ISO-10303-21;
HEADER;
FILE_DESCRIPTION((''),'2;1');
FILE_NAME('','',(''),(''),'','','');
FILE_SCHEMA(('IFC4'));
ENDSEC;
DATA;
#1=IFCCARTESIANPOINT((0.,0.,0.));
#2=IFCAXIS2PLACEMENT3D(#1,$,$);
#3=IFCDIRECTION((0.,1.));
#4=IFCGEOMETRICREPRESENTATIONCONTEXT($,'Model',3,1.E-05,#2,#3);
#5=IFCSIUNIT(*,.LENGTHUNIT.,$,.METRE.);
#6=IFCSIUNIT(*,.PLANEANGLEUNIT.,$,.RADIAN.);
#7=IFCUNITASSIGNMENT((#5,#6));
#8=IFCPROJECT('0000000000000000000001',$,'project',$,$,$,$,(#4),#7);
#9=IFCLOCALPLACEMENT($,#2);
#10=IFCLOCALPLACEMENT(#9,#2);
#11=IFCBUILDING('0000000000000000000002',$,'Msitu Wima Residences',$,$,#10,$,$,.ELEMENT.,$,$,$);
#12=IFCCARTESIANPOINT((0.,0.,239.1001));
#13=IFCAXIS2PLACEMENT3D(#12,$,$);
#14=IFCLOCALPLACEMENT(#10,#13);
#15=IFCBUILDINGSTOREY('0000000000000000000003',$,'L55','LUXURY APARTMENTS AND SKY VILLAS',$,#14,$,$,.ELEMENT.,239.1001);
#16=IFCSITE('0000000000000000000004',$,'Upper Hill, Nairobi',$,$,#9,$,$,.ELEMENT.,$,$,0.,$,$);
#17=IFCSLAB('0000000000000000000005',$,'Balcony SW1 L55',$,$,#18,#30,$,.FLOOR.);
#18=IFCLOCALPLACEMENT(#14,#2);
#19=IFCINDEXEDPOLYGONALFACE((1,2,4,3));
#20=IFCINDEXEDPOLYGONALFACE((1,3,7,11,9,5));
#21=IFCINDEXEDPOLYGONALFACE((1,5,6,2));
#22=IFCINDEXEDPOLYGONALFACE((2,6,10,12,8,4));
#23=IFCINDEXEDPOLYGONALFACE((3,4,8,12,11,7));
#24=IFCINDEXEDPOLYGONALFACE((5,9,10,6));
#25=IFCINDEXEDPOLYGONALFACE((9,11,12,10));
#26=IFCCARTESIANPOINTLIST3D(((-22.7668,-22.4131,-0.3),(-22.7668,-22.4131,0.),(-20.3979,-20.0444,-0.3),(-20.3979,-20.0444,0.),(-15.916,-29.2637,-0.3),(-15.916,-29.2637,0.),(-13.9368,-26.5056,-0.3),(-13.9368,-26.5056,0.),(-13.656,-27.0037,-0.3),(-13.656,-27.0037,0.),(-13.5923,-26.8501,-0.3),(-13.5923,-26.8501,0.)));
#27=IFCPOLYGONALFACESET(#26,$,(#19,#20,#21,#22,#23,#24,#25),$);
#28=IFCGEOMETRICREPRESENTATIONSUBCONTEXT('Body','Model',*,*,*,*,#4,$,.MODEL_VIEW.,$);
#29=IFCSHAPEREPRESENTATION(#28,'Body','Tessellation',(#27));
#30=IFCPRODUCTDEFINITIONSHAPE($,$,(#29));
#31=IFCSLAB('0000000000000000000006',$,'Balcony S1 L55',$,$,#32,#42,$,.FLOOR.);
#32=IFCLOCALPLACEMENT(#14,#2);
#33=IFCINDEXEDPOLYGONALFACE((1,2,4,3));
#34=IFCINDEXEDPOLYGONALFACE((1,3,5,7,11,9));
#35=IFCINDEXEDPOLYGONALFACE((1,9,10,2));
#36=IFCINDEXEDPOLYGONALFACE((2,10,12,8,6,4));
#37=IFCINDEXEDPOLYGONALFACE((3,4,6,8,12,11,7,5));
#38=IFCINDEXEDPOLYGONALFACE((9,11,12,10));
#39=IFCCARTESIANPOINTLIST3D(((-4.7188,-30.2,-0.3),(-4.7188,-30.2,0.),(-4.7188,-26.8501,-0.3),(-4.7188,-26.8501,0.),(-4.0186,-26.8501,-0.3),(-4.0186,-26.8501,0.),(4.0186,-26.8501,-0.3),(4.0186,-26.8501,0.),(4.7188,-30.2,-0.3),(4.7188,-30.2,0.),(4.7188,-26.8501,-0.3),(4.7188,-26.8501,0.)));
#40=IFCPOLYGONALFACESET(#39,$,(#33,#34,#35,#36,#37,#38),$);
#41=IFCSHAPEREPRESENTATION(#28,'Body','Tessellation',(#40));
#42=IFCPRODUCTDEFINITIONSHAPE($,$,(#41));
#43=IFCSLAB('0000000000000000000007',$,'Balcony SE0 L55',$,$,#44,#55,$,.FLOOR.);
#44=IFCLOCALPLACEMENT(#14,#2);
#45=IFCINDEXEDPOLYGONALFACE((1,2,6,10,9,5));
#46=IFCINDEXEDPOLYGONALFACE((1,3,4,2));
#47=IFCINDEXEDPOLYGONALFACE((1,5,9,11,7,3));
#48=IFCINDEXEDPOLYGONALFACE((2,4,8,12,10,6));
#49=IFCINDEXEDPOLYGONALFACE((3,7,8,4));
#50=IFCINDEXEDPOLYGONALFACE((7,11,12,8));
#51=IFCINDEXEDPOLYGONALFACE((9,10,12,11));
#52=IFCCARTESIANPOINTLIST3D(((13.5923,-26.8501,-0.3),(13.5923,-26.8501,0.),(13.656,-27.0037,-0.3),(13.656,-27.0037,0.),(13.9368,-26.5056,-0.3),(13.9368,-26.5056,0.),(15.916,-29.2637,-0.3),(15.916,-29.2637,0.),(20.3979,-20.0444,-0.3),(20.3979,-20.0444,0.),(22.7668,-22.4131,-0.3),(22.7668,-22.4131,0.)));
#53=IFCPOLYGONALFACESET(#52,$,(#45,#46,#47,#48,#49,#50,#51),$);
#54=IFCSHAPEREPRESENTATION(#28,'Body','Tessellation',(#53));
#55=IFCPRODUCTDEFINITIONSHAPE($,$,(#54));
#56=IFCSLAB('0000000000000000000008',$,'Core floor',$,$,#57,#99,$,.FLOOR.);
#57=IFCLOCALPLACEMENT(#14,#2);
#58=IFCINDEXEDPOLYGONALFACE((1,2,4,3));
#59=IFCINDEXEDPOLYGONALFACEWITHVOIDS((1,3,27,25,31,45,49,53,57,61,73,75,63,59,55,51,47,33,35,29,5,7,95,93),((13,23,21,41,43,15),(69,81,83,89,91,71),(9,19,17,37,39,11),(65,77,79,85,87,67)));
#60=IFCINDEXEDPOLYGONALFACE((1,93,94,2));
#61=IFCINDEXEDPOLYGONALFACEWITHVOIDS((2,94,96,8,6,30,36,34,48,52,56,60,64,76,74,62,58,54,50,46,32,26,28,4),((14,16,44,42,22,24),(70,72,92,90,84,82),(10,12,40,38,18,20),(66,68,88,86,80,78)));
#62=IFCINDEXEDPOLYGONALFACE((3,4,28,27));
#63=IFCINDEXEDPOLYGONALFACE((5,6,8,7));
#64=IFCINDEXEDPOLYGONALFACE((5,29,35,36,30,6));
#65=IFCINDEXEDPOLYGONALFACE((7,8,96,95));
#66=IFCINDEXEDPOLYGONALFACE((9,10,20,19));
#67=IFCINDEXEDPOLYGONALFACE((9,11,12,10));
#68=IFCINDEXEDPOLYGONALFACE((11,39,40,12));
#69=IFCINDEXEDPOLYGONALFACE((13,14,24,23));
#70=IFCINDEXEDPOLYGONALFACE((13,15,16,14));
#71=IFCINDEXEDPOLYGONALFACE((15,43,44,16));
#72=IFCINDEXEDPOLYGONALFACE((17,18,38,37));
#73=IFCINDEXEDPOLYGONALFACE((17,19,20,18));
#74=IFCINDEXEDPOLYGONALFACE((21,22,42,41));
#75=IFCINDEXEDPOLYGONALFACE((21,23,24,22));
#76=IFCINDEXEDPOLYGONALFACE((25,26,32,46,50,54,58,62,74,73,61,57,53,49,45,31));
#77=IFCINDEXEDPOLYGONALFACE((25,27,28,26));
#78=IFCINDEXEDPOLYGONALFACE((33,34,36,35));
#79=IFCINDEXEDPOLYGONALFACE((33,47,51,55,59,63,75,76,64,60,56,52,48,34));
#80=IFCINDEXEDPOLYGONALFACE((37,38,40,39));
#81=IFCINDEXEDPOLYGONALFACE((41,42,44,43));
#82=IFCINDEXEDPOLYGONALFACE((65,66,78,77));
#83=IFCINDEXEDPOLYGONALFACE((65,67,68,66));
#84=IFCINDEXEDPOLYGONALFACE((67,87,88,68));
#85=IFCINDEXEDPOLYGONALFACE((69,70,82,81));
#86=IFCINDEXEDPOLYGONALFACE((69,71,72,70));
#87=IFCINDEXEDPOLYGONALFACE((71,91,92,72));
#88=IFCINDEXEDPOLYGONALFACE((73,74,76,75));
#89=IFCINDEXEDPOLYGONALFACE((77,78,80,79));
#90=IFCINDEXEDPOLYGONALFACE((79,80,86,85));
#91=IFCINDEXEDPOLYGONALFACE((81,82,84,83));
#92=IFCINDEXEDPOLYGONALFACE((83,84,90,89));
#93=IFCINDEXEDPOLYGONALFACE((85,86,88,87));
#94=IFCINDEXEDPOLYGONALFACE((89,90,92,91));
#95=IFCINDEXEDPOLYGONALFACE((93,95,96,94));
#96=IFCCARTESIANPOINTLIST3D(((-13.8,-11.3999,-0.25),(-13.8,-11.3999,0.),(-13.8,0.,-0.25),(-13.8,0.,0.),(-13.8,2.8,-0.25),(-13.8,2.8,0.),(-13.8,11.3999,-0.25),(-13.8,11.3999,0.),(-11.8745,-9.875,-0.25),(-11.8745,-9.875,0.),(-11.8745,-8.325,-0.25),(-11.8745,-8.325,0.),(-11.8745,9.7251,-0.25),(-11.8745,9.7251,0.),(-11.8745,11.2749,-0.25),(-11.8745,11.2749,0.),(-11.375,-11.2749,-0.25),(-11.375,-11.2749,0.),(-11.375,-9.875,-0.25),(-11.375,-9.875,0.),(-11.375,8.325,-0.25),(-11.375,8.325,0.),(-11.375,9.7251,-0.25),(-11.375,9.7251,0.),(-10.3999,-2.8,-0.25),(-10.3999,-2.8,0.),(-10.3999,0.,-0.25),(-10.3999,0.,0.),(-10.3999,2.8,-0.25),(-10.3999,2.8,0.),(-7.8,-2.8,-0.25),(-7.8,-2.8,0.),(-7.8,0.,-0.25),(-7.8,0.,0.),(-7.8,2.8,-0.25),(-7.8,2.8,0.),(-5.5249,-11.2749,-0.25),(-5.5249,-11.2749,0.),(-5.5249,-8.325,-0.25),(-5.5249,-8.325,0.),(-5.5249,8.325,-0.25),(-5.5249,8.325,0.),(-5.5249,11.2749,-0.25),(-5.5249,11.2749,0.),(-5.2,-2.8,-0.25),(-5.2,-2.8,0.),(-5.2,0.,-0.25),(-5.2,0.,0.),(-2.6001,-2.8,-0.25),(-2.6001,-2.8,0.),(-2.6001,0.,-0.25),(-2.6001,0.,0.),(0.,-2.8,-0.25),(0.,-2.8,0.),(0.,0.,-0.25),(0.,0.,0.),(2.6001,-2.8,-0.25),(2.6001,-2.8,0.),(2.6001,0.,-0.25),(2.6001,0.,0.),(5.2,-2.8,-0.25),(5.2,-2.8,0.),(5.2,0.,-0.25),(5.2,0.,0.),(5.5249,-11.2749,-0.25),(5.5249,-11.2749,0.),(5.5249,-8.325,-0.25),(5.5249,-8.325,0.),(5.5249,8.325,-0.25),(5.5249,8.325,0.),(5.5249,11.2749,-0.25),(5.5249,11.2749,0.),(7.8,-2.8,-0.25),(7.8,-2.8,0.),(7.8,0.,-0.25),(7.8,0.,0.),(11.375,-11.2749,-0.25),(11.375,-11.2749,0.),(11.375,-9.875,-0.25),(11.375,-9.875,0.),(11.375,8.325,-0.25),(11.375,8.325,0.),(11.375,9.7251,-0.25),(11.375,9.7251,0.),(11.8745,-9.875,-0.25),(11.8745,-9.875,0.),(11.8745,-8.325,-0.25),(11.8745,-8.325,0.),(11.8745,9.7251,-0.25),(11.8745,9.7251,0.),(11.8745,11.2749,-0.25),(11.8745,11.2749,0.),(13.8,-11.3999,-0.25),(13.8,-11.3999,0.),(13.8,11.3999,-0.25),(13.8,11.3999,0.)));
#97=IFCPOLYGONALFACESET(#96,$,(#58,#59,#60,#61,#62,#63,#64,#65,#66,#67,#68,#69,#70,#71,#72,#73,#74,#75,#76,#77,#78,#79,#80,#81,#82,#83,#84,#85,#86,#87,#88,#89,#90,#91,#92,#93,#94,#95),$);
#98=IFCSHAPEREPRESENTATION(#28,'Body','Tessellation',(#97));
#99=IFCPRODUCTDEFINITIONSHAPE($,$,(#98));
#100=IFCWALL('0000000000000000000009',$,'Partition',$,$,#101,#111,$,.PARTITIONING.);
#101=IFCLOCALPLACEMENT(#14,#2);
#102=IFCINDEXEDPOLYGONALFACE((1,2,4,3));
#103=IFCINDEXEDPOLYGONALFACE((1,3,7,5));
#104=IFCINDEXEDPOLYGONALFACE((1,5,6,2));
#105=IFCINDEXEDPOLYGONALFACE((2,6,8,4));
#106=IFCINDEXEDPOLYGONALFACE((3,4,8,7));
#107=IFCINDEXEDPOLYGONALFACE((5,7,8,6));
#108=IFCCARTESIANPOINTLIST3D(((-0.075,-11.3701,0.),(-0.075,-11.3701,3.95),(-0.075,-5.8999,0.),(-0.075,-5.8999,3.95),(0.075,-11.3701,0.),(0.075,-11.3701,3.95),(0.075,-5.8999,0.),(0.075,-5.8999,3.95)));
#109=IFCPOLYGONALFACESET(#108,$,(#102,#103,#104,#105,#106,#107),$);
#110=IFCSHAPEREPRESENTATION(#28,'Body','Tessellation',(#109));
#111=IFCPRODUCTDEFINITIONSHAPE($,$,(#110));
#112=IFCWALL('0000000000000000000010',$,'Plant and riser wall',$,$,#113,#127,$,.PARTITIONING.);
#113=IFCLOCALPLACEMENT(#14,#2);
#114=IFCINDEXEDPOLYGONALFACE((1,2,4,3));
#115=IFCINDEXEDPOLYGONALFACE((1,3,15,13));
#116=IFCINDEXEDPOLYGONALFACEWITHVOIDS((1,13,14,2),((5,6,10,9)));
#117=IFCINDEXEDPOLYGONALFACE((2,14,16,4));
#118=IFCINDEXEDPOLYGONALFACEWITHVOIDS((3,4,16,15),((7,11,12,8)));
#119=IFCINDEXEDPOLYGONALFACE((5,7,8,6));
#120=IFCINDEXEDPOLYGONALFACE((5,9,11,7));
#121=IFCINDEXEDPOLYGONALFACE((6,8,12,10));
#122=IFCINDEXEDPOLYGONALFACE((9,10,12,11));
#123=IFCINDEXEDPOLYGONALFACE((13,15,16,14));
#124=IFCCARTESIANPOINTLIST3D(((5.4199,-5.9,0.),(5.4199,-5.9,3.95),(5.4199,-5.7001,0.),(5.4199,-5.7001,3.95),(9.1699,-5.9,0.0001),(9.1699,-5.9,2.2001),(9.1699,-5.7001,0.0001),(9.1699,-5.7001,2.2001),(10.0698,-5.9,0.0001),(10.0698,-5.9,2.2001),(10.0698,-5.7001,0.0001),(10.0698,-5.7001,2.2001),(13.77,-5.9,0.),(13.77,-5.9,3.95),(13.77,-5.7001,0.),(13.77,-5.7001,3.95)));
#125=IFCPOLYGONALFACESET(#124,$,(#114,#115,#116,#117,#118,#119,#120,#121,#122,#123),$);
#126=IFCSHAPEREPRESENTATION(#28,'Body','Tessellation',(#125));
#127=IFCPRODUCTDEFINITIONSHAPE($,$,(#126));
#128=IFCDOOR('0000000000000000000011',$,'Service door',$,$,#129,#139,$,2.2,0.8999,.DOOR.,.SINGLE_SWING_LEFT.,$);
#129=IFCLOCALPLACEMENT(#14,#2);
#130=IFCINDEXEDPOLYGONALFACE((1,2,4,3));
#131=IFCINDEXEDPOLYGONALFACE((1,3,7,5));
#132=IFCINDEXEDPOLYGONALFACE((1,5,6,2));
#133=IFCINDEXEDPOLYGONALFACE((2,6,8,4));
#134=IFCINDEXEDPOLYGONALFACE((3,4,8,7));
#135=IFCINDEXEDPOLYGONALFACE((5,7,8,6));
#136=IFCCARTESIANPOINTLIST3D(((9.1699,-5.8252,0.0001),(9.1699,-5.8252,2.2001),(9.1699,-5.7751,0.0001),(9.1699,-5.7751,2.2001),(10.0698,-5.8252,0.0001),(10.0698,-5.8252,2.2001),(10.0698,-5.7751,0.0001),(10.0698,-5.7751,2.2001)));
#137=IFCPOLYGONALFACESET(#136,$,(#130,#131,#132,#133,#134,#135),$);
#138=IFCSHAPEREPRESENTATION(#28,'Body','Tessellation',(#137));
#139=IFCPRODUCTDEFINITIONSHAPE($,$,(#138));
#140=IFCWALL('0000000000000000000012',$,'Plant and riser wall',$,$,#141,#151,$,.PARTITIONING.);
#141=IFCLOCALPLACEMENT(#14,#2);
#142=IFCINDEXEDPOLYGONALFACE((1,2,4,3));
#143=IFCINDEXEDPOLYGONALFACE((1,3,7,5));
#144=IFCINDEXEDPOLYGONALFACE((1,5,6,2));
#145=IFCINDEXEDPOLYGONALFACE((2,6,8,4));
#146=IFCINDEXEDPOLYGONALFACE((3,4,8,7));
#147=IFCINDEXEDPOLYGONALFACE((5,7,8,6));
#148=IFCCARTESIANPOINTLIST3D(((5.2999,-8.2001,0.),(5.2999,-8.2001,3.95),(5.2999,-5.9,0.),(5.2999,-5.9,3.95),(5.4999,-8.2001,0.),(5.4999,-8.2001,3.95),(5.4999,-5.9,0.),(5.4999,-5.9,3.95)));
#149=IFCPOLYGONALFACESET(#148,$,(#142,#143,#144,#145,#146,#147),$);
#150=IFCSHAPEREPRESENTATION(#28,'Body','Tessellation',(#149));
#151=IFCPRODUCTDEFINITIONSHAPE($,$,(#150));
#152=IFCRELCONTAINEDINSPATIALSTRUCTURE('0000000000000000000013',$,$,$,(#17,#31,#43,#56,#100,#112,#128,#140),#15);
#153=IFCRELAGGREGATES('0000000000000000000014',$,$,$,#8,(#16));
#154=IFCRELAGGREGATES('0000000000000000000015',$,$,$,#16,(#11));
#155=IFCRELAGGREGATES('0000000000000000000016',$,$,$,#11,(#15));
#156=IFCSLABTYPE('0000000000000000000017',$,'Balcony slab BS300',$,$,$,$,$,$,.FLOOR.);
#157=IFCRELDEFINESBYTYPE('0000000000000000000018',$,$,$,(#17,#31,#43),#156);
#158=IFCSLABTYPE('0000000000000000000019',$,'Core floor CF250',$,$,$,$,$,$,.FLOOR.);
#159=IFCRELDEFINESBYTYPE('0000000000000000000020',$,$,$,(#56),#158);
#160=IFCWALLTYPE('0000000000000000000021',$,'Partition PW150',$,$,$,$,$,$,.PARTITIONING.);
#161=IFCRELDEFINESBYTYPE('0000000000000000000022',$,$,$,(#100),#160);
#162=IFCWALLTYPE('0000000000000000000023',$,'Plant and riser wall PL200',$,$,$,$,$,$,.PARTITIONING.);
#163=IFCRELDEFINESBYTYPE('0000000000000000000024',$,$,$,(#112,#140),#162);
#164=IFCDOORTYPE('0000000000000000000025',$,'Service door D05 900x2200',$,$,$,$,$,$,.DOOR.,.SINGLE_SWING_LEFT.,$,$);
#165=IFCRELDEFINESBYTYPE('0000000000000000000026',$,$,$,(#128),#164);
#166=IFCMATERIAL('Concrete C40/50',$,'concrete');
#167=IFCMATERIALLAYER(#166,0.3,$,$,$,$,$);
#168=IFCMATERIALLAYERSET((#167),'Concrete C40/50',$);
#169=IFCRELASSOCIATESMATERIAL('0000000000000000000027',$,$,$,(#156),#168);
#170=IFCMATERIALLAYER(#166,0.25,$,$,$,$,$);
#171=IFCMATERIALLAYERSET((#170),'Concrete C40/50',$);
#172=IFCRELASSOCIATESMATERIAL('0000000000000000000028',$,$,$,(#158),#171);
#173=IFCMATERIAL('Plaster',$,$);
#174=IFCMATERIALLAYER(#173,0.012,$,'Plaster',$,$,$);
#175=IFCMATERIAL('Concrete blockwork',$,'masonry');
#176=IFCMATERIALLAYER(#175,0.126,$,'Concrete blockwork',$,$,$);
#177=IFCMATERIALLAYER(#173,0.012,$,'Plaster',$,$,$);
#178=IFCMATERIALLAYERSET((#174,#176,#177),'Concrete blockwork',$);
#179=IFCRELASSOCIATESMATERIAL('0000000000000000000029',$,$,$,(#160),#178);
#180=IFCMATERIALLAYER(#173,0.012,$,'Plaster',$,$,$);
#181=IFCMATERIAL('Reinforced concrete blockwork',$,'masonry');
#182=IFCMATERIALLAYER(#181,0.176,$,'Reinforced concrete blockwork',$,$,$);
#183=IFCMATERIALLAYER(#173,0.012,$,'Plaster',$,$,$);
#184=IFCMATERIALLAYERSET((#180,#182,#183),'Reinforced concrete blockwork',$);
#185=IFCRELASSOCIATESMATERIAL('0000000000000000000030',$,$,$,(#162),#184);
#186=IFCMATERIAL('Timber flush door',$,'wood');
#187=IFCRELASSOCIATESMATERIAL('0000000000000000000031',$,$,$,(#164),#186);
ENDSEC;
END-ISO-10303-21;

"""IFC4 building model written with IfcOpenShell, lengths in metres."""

from ifc_helpers import new_model, si_unit, direction, frame, frame_2d, origin, place, context, subcontext, project, spatial, polyline, rectangle, outline, extrude, material, layer, layer_set, type_object, element, fill, save


model = new_model("IFC4")

# Units and contexts
model_context = context("Model", 3, precision=1e-05, world=origin(), true_north=direction((0.0, 1.0)))
body_context = subcontext(model_context, "Body", "Model", "MODEL_VIEW")
ifc_project = project(units=[si_unit("LENGTHUNIT", "METRE"), si_unit("PLANEANGLEUNIT", "RADIAN")], contexts=[model_context])

# Site, building, storey
site_placement = place(None, origin())
site = spatial("IfcSite", under=ifc_project, at=site_placement, Name="Upper Hill, Nairobi", CompositionType="ELEMENT", RefElevation=0.0)
building_placement = place(site_placement, origin())
building = spatial("IfcBuilding", under=site, at=building_placement, Name="Msitu Wima Residences", CompositionType="ELEMENT")
storey_placement = place(building_placement, frame((0.0, 0.0, 239.1001)))
storey = spatial("IfcBuildingStorey", under=building, at=storey_placement, Name="L55", Description="LUXURY APARTMENTS AND SKY VILLAS", CompositionType="ELEMENT", Elevation=239.1001)

# Slabs
ifc_material_1 = material(Name="Concrete C40/50", Category="concrete")
ifc_layer_1 = layer(ifc_material_1, 0.3)
ifc_layer_set_1 = layer_set([ifc_layer_1], Name="Concrete C40/50")
slab_type_1 = type_object("IfcSlabType", Name="Balcony slab BS300", PredefinedType="FLOOR", material=ifc_layer_set_1)
slab_1_placement = place(storey_placement, frame((0.0, 0.0, -0.3)))
element("IfcSlab", 1, at=slab_1_placement, inside=storey, type_object=slab_type_1, Name="Balcony SW1 L55", PredefinedType="FLOOR", context=body_context, shape_type="SweptSolid", body=[
    extrude(outline(polyline([(-13.9368, -26.5056), (-13.9368, -26.5056), (-13.5923, -26.8501), (-13.656, -27.0037), (-15.916, -29.2637), (-22.7668, -22.4131), (-20.3979, -20.0444), (-13.9368, -26.5056), (-13.9368, -26.5056)])), origin(), (0.0, 0.0, 1.0), 0.3),
])
slab_2_placement = place(storey_placement, frame((0.0, 0.0, -0.3)))
element("IfcSlab", 2, at=slab_2_placement, inside=storey, type_object=slab_type_1, Name="Balcony S1 L55", PredefinedType="FLOOR", context=body_context, shape_type="SweptSolid", body=[
    extrude(outline(polyline([(-4.0186, -26.8501), (4.0186, -26.8501), (4.7188, -26.8501), (4.7188, -30.2), (-4.7188, -30.2), (-4.7188, -26.8501), (-4.0186, -26.8501)])), origin(), (0.0, 0.0, 1.0), 0.3),
])
slab_3_placement = place(storey_placement, frame((0.0, 0.0, -0.3)))
element("IfcSlab", 3, at=slab_3_placement, inside=storey, type_object=slab_type_1, Name="Balcony SE0 L55", PredefinedType="FLOOR", context=body_context, shape_type="SweptSolid", body=[
    extrude(outline(polyline([(13.9368, -26.5056), (13.9368, -26.5056), (20.3979, -20.0444), (22.7668, -22.4131), (15.916, -29.2637), (13.656, -27.0037), (13.5923, -26.8501), (13.9368, -26.5056), (13.9368, -26.5056)])), origin(), (0.0, 0.0, 1.0), 0.3),
])
ifc_layer_2 = layer(ifc_material_1, 0.25)
ifc_layer_set_2 = layer_set([ifc_layer_2], Name="Concrete C40/50")
slab_type_2 = type_object("IfcSlabType", Name="Core floor CF250", PredefinedType="FLOOR", material=ifc_layer_set_2)
slab_4_placement = place(storey_placement, frame((0.0, 0.0, -0.25)))
element("IfcSlab", 4, at=slab_4_placement, inside=storey, type_object=slab_type_2, Name="Core floor", PredefinedType="FLOOR", context=body_context, shape_type="SweptSolid", body=[
    extrude(outline(polyline([(-13.8, 11.3999), (-13.8, 2.8), (-10.3999, 2.8), (-7.8, 2.8), (-7.8, 0.0), (-5.2, 0.0), (-2.6001, 0.0), (0.0, 0.0), (2.6001, 0.0), (5.2, 0.0), (7.8, 0.0), (7.8, -2.8), (5.2, -2.8), (2.6001, -2.8), (0.0, -2.8), (-2.6001, -2.8), (-5.2, -2.8), (-7.8, -2.8), (-10.3999, -2.8), (-10.3999, 0.0), (-13.8, 0.0), (-13.8, -11.3999), (13.8, -11.3999), (13.8, 11.3999), (-13.8, 11.3999)]), holes=[polyline([(-11.375, -11.2749), (-11.375, -9.875), (-11.8745, -9.875), (-11.8745, -8.325), (-5.5249, -8.325), (-5.5249, -11.2749), (-11.375, -11.2749)]), polyline([(-11.375, 8.325), (-11.375, 9.7251), (-11.8745, 9.7251), (-11.8745, 11.2749), (-5.5249, 11.2749), (-5.5249, 8.325), (-11.375, 8.325)]), polyline([(11.375, -9.875), (11.375, -11.2749), (5.5249, -11.2749), (5.5249, -8.325), (11.8745, -8.325), (11.8745, -9.875), (11.375, -9.875)]), polyline([(11.375, 9.7251), (11.375, 8.325), (5.5249, 8.325), (5.5249, 11.2749), (11.8745, 11.2749), (11.8745, 9.7251), (11.375, 9.7251)])]), origin(), (0.0, 0.0, 1.0), 0.25),
])

# Wall
ifc_material_2 = material(Name="Plaster")
ifc_layer_3 = layer(ifc_material_2, 0.012, Name="Plaster")
ifc_material_3 = material(Name="Concrete blockwork", Category="masonry")
ifc_layer_4 = layer(ifc_material_3, 0.126, Name="Concrete blockwork")
ifc_layer_5 = layer(ifc_material_2, 0.012, Name="Plaster")
ifc_layer_set_3 = layer_set([ifc_layer_3, ifc_layer_4, ifc_layer_5], Name="Concrete blockwork")
wall_type_1 = type_object("IfcWallType", Name="Partition PW150", PredefinedType="PARTITIONING", material=ifc_layer_set_3)
wall_1_placement = place(storey_placement, frame((0.0, -11.3701, 0.0), z_axis=(0.0, 0.0, 1.0), x_axis=(0.0, 1.0, 0.0)))
element("IfcWall", 5, at=wall_1_placement, inside=storey, type_object=wall_type_1, Name="Partition", PredefinedType="PARTITIONING", context=body_context, shape_type="SweptSolid", body=[
    extrude(rectangle(XDim=5.4702, YDim=0.1499, at=frame_2d((2.7351, 0.0))), origin(), (0.0, 0.0, 1.0), 3.95),
])

# Wall, opening, door
ifc_layer_6 = layer(ifc_material_2, 0.012, Name="Plaster")
ifc_material_4 = material(Name="Reinforced concrete blockwork", Category="masonry")
ifc_layer_7 = layer(ifc_material_4, 0.176, Name="Reinforced concrete blockwork")
ifc_layer_8 = layer(ifc_material_2, 0.012, Name="Plaster")
ifc_layer_set_4 = layer_set([ifc_layer_6, ifc_layer_7, ifc_layer_8], Name="Reinforced concrete blockwork")
wall_type_2 = type_object("IfcWallType", Name="Plant and riser wall PL200", PredefinedType="PARTITIONING", material=ifc_layer_set_4)
wall_2_placement = place(storey_placement, frame((5.4199, -5.8, 0.0), z_axis=(0.0, 0.0, 1.0), x_axis=(1.0, 0.0, 0.0)))
wall_2 = element("IfcWall", 6, at=wall_2_placement, inside=storey, type_object=wall_type_2, Name="Plant and riser wall", PredefinedType="PARTITIONING", context=body_context, shape_type="SweptSolid", body=[
    extrude(rectangle(XDim=8.3501, YDim=0.2, at=frame_2d((4.175, 0.0))), origin(), (0.0, 0.0, 1.0), 3.95),
])
opening_1_placement = place(wall_2_placement, frame((3.75, 0.0, 0.0)))
opening_1 = element("IfcOpeningElement", 7, at=opening_1_placement, cuts=wall_2, PredefinedType="OPENING", context=body_context, shape_type="SweptSolid", body=[
    extrude(rectangle(XDim=0.8999, YDim=2.2, at=frame_2d((0.45, 1.1001))), frame((0.0, 0.1099, 0.0), z_axis=(0.0, -1.0, 0.0), x_axis=(1.0, 0.0, 0.0)), (0.0, 0.0, 1.0), 0.22),
])
ifc_material_5 = material(Name="Timber flush door", Category="wood")
door_type = type_object("IfcDoorType", Name="Service door D05 900x2200", OperationType="SINGLE_SWING_LEFT", PredefinedType="DOOR", material=ifc_material_5)
door_1_placement = place(opening_1_placement, origin())
door_1 = element("IfcDoor", 8, at=door_1_placement, inside=storey, type_object=door_type, Name="Service door", OperationType="SINGLE_SWING_LEFT", OverallHeight=2.2, OverallWidth=0.8999, PredefinedType="DOOR", context=body_context, shape_type="SweptSolid", body=[
    extrude(rectangle(XDim=0.8999, YDim=2.2, at=frame_2d((0.45, 1.1001))), frame((0.0, 0.0249, 0.0), z_axis=(0.0, -1.0, 0.0), x_axis=(1.0, 0.0, 0.0)), (0.0, 0.0, 1.0), 0.05),
])
fill(opening_1, door_1)

# Wall
wall_3_placement = place(storey_placement, frame((5.3999, -8.2, 0.0), z_axis=(0.0, 0.0, 1.0), x_axis=(0.0, 1.0, 0.0)))
element("IfcWall", 9, at=wall_3_placement, inside=storey, type_object=wall_type_2, Name="Plant and riser wall", PredefinedType="PARTITIONING", context=body_context, shape_type="SweptSolid", body=[
    extrude(rectangle(XDim=2.3, YDim=0.2, at=frame_2d((1.1499, 0.0))), origin(), (0.0, 0.0, 1.0), 3.95),
])

save(model, "model.ifc")
